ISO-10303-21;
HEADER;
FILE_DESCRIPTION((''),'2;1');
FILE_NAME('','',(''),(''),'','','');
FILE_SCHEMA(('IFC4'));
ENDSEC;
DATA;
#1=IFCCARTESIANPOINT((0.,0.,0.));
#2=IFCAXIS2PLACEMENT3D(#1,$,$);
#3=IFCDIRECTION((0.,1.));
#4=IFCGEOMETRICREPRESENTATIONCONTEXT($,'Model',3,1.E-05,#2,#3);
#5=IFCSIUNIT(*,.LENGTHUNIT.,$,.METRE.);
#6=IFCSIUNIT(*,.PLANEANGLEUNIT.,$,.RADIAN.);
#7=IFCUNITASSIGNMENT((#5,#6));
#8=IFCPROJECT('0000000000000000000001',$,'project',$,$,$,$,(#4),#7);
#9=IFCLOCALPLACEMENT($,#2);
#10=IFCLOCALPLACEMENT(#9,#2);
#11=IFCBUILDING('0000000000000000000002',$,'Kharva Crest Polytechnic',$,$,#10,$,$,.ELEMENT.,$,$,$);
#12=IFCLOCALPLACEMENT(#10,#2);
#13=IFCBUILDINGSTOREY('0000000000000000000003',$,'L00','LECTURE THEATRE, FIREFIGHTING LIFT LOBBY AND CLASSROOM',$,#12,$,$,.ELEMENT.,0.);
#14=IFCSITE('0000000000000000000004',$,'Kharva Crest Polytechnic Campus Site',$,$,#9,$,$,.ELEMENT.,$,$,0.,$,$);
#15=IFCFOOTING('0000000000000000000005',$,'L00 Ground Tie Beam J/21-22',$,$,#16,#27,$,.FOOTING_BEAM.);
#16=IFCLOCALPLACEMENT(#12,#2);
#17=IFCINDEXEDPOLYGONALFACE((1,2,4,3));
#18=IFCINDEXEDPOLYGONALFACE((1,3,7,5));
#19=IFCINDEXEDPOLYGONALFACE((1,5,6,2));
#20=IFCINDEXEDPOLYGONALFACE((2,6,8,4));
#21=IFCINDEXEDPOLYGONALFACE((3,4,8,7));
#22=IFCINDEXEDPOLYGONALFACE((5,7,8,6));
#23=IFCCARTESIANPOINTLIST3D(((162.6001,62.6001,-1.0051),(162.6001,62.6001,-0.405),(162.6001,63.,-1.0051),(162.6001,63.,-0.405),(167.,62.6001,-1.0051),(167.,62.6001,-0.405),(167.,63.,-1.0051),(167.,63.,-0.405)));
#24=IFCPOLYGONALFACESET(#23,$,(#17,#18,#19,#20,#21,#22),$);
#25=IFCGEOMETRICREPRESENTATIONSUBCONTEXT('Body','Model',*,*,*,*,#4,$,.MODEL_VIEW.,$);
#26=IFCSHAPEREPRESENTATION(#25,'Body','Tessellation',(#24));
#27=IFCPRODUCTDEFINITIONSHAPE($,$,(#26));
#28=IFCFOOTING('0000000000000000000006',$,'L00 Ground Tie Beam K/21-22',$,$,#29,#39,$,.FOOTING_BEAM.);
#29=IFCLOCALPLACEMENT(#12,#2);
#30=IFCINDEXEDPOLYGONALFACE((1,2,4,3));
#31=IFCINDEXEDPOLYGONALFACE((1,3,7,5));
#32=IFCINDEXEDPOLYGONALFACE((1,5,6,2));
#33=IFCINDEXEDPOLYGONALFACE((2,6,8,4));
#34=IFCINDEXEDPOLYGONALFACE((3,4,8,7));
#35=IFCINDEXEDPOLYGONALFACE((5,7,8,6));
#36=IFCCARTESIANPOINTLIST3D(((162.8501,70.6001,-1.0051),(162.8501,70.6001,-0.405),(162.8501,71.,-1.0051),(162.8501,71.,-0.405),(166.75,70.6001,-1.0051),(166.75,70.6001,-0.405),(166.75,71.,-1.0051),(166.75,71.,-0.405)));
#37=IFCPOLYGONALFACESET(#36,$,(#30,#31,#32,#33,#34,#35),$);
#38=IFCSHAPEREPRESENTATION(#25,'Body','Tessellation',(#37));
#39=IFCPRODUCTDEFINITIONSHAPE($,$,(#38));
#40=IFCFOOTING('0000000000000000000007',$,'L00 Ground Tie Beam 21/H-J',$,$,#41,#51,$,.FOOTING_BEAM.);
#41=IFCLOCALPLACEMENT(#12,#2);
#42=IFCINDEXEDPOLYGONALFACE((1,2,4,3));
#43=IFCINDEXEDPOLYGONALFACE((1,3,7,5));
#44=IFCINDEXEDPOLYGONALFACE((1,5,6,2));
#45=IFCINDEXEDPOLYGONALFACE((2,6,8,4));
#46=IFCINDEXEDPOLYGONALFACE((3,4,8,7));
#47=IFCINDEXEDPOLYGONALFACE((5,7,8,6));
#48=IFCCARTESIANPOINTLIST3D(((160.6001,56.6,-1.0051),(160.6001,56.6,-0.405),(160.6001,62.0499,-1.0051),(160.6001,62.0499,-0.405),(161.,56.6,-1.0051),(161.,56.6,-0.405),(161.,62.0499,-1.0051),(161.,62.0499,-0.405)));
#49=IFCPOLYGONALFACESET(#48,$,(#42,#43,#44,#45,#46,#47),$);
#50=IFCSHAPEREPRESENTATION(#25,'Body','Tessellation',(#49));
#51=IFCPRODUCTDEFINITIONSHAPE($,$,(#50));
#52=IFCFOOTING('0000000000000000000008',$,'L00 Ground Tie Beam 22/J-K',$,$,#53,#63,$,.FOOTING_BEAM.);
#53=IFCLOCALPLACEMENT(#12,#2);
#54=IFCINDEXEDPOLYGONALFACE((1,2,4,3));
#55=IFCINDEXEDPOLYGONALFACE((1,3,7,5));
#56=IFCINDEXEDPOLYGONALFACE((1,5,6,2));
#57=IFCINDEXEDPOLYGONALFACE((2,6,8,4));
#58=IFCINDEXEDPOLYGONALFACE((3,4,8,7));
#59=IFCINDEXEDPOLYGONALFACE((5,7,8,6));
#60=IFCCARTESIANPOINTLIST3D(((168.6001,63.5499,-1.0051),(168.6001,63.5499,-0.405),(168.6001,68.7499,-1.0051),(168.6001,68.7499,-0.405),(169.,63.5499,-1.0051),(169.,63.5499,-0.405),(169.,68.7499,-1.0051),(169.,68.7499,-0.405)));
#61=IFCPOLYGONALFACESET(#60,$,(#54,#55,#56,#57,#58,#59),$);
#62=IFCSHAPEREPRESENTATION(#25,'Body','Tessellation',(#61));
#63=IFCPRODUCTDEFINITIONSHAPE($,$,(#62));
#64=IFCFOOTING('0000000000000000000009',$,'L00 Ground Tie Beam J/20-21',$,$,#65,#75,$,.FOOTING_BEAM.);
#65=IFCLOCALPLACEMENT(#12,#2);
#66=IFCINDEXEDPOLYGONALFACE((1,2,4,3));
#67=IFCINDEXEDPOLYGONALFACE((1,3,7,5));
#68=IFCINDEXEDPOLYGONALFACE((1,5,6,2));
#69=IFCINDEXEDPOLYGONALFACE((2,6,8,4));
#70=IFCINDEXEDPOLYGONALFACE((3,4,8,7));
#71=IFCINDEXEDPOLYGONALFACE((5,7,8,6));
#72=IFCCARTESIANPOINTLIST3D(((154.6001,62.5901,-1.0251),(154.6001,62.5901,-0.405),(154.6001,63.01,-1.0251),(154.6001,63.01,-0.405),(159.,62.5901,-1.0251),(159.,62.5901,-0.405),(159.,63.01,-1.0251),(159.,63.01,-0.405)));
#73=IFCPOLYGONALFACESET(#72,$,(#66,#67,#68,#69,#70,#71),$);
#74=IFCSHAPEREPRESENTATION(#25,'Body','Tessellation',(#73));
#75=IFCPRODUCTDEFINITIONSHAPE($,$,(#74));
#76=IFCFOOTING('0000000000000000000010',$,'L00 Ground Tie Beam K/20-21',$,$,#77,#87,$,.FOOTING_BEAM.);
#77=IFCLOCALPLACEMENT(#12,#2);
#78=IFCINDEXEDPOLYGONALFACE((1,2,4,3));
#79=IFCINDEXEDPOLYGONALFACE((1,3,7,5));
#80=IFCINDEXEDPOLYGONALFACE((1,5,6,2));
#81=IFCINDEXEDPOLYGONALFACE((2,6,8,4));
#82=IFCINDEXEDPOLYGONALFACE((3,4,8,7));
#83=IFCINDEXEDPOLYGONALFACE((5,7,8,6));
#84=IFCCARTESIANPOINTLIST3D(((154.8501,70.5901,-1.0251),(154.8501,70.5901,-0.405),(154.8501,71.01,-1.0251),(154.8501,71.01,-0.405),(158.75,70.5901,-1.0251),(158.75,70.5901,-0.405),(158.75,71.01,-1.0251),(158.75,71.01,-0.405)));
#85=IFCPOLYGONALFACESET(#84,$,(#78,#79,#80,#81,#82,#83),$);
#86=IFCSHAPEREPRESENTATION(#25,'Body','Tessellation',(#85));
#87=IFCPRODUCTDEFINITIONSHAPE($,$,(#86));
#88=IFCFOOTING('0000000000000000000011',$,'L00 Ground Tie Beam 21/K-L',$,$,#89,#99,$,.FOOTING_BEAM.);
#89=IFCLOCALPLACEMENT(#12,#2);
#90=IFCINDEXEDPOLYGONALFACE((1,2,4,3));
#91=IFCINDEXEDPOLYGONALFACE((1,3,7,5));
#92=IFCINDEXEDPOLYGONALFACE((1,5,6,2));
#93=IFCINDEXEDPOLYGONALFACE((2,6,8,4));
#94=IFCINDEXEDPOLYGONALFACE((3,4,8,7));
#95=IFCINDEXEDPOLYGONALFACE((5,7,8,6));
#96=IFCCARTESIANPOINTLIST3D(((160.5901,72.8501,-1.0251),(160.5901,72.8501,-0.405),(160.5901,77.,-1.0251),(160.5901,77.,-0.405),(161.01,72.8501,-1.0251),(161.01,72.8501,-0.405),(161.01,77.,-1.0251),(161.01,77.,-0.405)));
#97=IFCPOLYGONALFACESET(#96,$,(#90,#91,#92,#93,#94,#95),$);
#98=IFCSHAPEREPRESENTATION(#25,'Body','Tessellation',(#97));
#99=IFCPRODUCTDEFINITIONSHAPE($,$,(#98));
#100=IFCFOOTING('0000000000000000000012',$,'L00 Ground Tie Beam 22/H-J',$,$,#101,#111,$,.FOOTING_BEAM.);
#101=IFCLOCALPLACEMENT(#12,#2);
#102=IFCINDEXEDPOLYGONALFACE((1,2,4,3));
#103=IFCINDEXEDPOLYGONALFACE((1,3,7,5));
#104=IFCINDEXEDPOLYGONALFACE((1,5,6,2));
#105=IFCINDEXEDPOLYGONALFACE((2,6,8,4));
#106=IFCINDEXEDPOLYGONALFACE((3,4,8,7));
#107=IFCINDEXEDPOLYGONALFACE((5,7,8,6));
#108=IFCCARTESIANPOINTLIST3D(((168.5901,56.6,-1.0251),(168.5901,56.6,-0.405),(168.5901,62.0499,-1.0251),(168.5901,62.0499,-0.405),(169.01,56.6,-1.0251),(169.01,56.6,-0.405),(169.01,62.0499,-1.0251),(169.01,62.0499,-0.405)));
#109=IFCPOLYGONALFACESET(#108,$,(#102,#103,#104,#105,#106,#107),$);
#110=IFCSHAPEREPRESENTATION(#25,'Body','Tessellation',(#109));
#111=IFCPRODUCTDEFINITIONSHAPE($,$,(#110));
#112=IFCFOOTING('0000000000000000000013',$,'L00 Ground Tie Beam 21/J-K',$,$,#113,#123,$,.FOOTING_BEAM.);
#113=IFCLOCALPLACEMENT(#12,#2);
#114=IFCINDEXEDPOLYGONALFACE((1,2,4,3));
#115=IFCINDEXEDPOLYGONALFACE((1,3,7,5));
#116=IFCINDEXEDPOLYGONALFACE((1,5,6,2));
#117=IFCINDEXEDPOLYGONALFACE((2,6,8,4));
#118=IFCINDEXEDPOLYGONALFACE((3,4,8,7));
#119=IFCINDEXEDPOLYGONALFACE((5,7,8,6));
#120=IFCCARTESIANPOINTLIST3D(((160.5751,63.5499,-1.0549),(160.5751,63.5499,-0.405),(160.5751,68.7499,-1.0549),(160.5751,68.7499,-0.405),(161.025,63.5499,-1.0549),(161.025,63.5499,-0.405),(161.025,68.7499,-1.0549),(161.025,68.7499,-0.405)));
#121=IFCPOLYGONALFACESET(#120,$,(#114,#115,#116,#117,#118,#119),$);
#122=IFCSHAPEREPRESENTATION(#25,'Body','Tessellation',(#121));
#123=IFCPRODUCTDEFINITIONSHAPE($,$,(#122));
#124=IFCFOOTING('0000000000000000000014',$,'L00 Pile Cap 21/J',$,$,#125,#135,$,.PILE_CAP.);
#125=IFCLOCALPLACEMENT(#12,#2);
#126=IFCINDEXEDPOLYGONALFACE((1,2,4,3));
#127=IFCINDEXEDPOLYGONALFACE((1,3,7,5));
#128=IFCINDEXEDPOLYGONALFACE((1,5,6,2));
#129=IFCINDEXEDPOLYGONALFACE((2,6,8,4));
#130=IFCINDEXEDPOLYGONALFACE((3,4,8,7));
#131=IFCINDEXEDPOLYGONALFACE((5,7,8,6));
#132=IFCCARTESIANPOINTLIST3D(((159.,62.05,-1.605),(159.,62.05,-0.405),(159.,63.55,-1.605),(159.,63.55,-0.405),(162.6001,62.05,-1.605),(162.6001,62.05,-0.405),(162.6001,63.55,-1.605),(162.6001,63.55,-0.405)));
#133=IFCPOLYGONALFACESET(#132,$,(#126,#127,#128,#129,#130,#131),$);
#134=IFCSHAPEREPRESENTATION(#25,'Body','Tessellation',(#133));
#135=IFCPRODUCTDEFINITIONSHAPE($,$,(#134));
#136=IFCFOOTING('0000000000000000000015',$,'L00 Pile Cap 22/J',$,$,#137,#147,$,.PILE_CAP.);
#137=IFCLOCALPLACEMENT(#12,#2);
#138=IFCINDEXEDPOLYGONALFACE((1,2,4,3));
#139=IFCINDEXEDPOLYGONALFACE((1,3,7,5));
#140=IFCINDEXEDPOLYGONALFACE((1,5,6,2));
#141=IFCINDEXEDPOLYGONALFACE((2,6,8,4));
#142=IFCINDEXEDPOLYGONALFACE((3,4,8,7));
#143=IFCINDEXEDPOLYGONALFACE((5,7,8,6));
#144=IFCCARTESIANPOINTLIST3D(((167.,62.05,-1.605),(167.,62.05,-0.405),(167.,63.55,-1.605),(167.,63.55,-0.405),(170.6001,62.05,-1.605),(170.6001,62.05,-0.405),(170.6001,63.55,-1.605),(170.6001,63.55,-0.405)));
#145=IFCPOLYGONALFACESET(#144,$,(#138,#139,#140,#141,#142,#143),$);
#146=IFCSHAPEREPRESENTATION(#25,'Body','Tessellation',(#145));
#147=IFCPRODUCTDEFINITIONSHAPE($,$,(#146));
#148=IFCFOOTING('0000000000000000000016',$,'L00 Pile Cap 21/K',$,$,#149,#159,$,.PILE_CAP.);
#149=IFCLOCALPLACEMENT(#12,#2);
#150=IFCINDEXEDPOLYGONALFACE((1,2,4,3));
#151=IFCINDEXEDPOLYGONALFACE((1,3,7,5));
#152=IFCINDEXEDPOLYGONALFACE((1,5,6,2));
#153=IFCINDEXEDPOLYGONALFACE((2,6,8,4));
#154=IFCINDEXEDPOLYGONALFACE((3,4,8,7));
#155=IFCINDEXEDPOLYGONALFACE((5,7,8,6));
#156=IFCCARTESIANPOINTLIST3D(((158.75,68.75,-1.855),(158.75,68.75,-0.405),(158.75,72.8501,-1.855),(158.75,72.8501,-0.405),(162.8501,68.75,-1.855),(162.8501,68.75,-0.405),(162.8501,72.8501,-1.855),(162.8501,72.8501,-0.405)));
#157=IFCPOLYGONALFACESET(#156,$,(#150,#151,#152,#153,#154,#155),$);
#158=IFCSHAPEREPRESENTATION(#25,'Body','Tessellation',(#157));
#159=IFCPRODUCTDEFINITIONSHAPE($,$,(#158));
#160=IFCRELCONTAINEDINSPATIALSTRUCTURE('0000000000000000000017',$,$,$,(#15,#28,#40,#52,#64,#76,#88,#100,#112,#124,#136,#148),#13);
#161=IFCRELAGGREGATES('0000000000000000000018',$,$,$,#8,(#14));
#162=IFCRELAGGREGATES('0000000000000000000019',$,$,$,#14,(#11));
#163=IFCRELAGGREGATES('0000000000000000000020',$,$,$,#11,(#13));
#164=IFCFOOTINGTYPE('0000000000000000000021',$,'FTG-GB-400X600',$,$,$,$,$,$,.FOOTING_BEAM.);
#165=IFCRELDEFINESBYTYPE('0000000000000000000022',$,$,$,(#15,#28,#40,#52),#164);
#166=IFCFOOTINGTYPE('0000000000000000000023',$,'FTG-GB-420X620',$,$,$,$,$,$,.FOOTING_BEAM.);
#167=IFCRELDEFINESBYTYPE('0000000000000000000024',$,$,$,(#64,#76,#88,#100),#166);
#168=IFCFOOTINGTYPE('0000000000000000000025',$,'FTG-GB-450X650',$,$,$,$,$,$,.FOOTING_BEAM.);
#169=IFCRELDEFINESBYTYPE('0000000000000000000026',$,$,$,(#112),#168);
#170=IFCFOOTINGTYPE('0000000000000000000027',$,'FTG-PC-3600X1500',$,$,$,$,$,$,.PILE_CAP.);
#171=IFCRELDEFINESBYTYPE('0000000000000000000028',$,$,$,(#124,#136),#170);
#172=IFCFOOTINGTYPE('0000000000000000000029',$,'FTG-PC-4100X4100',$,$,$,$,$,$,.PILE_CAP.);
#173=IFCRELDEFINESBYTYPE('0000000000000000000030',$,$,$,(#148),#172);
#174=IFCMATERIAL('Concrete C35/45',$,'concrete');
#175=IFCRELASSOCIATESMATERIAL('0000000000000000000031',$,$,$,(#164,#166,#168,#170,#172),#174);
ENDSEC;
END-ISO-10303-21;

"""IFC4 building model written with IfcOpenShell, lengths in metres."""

from ifc_helpers import new_model, si_unit, direction, frame, origin, origin_2d, place, context, subcontext, project, spatial, rectangle, extrude, material, type_object, element, save


model = new_model("IFC4")

# Units and contexts
model_context = context("Model", 3, precision=1e-05, world=origin(), true_north=direction((0.0, 1.0)))
body_context = subcontext(model_context, "Body", "Model", "MODEL_VIEW")
ifc_project = project(units=[si_unit("LENGTHUNIT", "METRE"), si_unit("PLANEANGLEUNIT", "RADIAN")], contexts=[model_context])

# Site, building, storey
site_placement = place(None, origin())
site = spatial("IfcSite", under=ifc_project, at=site_placement, Name="Kharva Crest Polytechnic Campus Site", CompositionType="ELEMENT", RefElevation=0.0)
building_placement = place(site_placement, origin())
building = spatial("IfcBuilding", under=site, at=building_placement, Name="Kharva Crest Polytechnic", CompositionType="ELEMENT")
storey_placement = place(building_placement, origin())
storey = spatial("IfcBuildingStorey", under=building, at=storey_placement, Name="L00", Description="LECTURE THEATRE, FIREFIGHTING LIFT LOBBY AND CLASSROOM", CompositionType="ELEMENT", Elevation=0.0)

# Footings
ifc_material_1 = material(Name="Concrete C35/45", Category="concrete")
footing_type_1 = type_object("IfcFootingType", Name="FTG-GB-400X600", PredefinedType="FOOTING_BEAM", material=ifc_material_1)
footing_1_placement = place(storey_placement, frame((164.8, 62.8, -1.0051), z_axis=(0.0, 0.0, 1.0), x_axis=(1.0, 0.0, 0.0)))
element("IfcFooting", 1, at=footing_1_placement, inside=storey, type_object=footing_type_1, Name="L00 Ground Tie Beam J/21-22", PredefinedType="FOOTING_BEAM", context=body_context, shape_type="SweptSolid", body=[
    extrude(rectangle(XDim=4.3999, YDim=0.3999, at=origin_2d()), origin(), (0.0, 0.0, 1.0), 0.6001),
])
footing_2_placement = place(storey_placement, frame((164.8, 70.8, -1.0051), z_axis=(0.0, 0.0, 1.0), x_axis=(1.0, 0.0, 0.0)))
element("IfcFooting", 2, at=footing_2_placement, inside=storey, type_object=footing_type_1, Name="L00 Ground Tie Beam K/21-22", PredefinedType="FOOTING_BEAM", context=body_context, shape_type="SweptSolid", body=[
    extrude(rectangle(XDim=3.8999, YDim=0.3999, at=origin_2d()), origin(), (0.0, 0.0, 1.0), 0.6001),
])
footing_3_placement = place(storey_placement, frame((160.8, 59.325, -1.0051), z_axis=(0.0, 0.0, 1.0), x_axis=(0.0, 1.0, 0.0)))
element("IfcFooting", 3, at=footing_3_placement, inside=storey, type_object=footing_type_1, Name="L00 Ground Tie Beam 21/H-J", PredefinedType="FOOTING_BEAM", context=body_context, shape_type="SweptSolid", body=[
    extrude(rectangle(XDim=5.45, YDim=0.3999, at=origin_2d()), origin(), (0.0, 0.0, 1.0), 0.6001),
])
footing_4_placement = place(storey_placement, frame((168.8, 66.1499, -1.0051), z_axis=(0.0, 0.0, 1.0), x_axis=(0.0, 1.0, 0.0)))
element("IfcFooting", 4, at=footing_4_placement, inside=storey, type_object=footing_type_1, Name="L00 Ground Tie Beam 22/J-K", PredefinedType="FOOTING_BEAM", context=body_context, shape_type="SweptSolid", body=[
    extrude(rectangle(XDim=5.2, YDim=0.3999, at=origin_2d()), origin(), (0.0, 0.0, 1.0), 0.6001),
])
footing_type_2 = type_object("IfcFootingType", Name="FTG-GB-420X620", PredefinedType="FOOTING_BEAM", material=ifc_material_1)
footing_5_placement = place(storey_placement, frame((156.8, 62.8, -1.0251), z_axis=(0.0, 0.0, 1.0), x_axis=(1.0, 0.0, 0.0)))
element("IfcFooting", 5, at=footing_5_placement, inside=storey, type_object=footing_type_2, Name="L00 Ground Tie Beam J/20-21", PredefinedType="FOOTING_BEAM", context=body_context, shape_type="SweptSolid", body=[
    extrude(rectangle(XDim=4.3999, YDim=0.4199, at=origin_2d()), origin(), (0.0, 0.0, 1.0), 0.6201),
])
footing_6_placement = place(storey_placement, frame((156.8, 70.8, -1.0251), z_axis=(0.0, 0.0, 1.0), x_axis=(1.0, 0.0, 0.0)))
element("IfcFooting", 6, at=footing_6_placement, inside=storey, type_object=footing_type_2, Name="L00 Ground Tie Beam K/20-21", PredefinedType="FOOTING_BEAM", context=body_context, shape_type="SweptSolid", body=[
    extrude(rectangle(XDim=3.8999, YDim=0.4199, at=origin_2d()), origin(), (0.0, 0.0, 1.0), 0.6201),
])
footing_7_placement = place(storey_placement, frame((160.8, 74.925, -1.0251), z_axis=(0.0, 0.0, 1.0), x_axis=(0.0, 1.0, 0.0)))
element("IfcFooting", 7, at=footing_7_placement, inside=storey, type_object=footing_type_2, Name="L00 Ground Tie Beam 21/K-L", PredefinedType="FOOTING_BEAM", context=body_context, shape_type="SweptSolid", body=[
    extrude(rectangle(XDim=4.1499, YDim=0.4199, at=origin_2d()), origin(), (0.0, 0.0, 1.0), 0.6201),
])
footing_8_placement = place(storey_placement, frame((168.8, 59.325, -1.0251), z_axis=(0.0, 0.0, 1.0), x_axis=(0.0, 1.0, 0.0)))
element("IfcFooting", 8, at=footing_8_placement, inside=storey, type_object=footing_type_2, Name="L00 Ground Tie Beam 22/H-J", PredefinedType="FOOTING_BEAM", context=body_context, shape_type="SweptSolid", body=[
    extrude(rectangle(XDim=5.45, YDim=0.4199, at=origin_2d()), origin(), (0.0, 0.0, 1.0), 0.6201),
])
footing_type_3 = type_object("IfcFootingType", Name="FTG-GB-450X650", PredefinedType="FOOTING_BEAM", material=ifc_material_1)
footing_9_placement = place(storey_placement, frame((160.8, 66.1499, -1.0549), z_axis=(0.0, 0.0, 1.0), x_axis=(0.0, 1.0, 0.0)))
element("IfcFooting", 9, at=footing_9_placement, inside=storey, type_object=footing_type_3, Name="L00 Ground Tie Beam 21/J-K", PredefinedType="FOOTING_BEAM", context=body_context, shape_type="SweptSolid", body=[
    extrude(rectangle(XDim=5.2, YDim=0.45, at=origin_2d()), origin(), (0.0, 0.0, 1.0), 0.6499),
])
footing_type_4 = type_object("IfcFootingType", Name="FTG-PC-3600X1500", PredefinedType="PILE_CAP", material=ifc_material_1)
for number, where, z_axis, x_axis, name in (
    (10, (160.8, 62.8, -1.605), (0.0, 0.0, 1.0), (1.0, 0.0, 0.0), "L00 Pile Cap 21/J"),
    (11, (168.8, 62.8, -1.605), (0.0, 0.0, 1.0), (1.0, 0.0, 0.0), "L00 Pile Cap 22/J"),
):
    element("IfcFooting", number, at=place(storey_placement, frame(where, z_axis=z_axis, x_axis=x_axis)), inside=storey, type_object=footing_type_4, Name=name, PredefinedType="PILE_CAP", context=body_context, shape_type="SweptSolid", body=[
        extrude(rectangle(XDim=3.6001, YDim=1.5, at=origin_2d()), origin(), (0.0, 0.0, 1.0), 1.2),
    ])
footing_type_5 = type_object("IfcFootingType", Name="FTG-PC-4100X4100", PredefinedType="PILE_CAP", material=ifc_material_1)
footing_10_placement = place(storey_placement, frame((160.8, 70.8, -1.855), z_axis=(0.0, 0.0, 1.0), x_axis=(1.0, 0.0, 0.0)))
element("IfcFooting", 12, at=footing_10_placement, inside=storey, type_object=footing_type_5, Name="L00 Pile Cap 21/K", PredefinedType="PILE_CAP", context=body_context, shape_type="SweptSolid", body=[
    extrude(rectangle(XDim=4.1001, YDim=4.1001, at=origin_2d()), origin(), (0.0, 0.0, 1.0), 1.45),
])

save(model, "model.ifc")
